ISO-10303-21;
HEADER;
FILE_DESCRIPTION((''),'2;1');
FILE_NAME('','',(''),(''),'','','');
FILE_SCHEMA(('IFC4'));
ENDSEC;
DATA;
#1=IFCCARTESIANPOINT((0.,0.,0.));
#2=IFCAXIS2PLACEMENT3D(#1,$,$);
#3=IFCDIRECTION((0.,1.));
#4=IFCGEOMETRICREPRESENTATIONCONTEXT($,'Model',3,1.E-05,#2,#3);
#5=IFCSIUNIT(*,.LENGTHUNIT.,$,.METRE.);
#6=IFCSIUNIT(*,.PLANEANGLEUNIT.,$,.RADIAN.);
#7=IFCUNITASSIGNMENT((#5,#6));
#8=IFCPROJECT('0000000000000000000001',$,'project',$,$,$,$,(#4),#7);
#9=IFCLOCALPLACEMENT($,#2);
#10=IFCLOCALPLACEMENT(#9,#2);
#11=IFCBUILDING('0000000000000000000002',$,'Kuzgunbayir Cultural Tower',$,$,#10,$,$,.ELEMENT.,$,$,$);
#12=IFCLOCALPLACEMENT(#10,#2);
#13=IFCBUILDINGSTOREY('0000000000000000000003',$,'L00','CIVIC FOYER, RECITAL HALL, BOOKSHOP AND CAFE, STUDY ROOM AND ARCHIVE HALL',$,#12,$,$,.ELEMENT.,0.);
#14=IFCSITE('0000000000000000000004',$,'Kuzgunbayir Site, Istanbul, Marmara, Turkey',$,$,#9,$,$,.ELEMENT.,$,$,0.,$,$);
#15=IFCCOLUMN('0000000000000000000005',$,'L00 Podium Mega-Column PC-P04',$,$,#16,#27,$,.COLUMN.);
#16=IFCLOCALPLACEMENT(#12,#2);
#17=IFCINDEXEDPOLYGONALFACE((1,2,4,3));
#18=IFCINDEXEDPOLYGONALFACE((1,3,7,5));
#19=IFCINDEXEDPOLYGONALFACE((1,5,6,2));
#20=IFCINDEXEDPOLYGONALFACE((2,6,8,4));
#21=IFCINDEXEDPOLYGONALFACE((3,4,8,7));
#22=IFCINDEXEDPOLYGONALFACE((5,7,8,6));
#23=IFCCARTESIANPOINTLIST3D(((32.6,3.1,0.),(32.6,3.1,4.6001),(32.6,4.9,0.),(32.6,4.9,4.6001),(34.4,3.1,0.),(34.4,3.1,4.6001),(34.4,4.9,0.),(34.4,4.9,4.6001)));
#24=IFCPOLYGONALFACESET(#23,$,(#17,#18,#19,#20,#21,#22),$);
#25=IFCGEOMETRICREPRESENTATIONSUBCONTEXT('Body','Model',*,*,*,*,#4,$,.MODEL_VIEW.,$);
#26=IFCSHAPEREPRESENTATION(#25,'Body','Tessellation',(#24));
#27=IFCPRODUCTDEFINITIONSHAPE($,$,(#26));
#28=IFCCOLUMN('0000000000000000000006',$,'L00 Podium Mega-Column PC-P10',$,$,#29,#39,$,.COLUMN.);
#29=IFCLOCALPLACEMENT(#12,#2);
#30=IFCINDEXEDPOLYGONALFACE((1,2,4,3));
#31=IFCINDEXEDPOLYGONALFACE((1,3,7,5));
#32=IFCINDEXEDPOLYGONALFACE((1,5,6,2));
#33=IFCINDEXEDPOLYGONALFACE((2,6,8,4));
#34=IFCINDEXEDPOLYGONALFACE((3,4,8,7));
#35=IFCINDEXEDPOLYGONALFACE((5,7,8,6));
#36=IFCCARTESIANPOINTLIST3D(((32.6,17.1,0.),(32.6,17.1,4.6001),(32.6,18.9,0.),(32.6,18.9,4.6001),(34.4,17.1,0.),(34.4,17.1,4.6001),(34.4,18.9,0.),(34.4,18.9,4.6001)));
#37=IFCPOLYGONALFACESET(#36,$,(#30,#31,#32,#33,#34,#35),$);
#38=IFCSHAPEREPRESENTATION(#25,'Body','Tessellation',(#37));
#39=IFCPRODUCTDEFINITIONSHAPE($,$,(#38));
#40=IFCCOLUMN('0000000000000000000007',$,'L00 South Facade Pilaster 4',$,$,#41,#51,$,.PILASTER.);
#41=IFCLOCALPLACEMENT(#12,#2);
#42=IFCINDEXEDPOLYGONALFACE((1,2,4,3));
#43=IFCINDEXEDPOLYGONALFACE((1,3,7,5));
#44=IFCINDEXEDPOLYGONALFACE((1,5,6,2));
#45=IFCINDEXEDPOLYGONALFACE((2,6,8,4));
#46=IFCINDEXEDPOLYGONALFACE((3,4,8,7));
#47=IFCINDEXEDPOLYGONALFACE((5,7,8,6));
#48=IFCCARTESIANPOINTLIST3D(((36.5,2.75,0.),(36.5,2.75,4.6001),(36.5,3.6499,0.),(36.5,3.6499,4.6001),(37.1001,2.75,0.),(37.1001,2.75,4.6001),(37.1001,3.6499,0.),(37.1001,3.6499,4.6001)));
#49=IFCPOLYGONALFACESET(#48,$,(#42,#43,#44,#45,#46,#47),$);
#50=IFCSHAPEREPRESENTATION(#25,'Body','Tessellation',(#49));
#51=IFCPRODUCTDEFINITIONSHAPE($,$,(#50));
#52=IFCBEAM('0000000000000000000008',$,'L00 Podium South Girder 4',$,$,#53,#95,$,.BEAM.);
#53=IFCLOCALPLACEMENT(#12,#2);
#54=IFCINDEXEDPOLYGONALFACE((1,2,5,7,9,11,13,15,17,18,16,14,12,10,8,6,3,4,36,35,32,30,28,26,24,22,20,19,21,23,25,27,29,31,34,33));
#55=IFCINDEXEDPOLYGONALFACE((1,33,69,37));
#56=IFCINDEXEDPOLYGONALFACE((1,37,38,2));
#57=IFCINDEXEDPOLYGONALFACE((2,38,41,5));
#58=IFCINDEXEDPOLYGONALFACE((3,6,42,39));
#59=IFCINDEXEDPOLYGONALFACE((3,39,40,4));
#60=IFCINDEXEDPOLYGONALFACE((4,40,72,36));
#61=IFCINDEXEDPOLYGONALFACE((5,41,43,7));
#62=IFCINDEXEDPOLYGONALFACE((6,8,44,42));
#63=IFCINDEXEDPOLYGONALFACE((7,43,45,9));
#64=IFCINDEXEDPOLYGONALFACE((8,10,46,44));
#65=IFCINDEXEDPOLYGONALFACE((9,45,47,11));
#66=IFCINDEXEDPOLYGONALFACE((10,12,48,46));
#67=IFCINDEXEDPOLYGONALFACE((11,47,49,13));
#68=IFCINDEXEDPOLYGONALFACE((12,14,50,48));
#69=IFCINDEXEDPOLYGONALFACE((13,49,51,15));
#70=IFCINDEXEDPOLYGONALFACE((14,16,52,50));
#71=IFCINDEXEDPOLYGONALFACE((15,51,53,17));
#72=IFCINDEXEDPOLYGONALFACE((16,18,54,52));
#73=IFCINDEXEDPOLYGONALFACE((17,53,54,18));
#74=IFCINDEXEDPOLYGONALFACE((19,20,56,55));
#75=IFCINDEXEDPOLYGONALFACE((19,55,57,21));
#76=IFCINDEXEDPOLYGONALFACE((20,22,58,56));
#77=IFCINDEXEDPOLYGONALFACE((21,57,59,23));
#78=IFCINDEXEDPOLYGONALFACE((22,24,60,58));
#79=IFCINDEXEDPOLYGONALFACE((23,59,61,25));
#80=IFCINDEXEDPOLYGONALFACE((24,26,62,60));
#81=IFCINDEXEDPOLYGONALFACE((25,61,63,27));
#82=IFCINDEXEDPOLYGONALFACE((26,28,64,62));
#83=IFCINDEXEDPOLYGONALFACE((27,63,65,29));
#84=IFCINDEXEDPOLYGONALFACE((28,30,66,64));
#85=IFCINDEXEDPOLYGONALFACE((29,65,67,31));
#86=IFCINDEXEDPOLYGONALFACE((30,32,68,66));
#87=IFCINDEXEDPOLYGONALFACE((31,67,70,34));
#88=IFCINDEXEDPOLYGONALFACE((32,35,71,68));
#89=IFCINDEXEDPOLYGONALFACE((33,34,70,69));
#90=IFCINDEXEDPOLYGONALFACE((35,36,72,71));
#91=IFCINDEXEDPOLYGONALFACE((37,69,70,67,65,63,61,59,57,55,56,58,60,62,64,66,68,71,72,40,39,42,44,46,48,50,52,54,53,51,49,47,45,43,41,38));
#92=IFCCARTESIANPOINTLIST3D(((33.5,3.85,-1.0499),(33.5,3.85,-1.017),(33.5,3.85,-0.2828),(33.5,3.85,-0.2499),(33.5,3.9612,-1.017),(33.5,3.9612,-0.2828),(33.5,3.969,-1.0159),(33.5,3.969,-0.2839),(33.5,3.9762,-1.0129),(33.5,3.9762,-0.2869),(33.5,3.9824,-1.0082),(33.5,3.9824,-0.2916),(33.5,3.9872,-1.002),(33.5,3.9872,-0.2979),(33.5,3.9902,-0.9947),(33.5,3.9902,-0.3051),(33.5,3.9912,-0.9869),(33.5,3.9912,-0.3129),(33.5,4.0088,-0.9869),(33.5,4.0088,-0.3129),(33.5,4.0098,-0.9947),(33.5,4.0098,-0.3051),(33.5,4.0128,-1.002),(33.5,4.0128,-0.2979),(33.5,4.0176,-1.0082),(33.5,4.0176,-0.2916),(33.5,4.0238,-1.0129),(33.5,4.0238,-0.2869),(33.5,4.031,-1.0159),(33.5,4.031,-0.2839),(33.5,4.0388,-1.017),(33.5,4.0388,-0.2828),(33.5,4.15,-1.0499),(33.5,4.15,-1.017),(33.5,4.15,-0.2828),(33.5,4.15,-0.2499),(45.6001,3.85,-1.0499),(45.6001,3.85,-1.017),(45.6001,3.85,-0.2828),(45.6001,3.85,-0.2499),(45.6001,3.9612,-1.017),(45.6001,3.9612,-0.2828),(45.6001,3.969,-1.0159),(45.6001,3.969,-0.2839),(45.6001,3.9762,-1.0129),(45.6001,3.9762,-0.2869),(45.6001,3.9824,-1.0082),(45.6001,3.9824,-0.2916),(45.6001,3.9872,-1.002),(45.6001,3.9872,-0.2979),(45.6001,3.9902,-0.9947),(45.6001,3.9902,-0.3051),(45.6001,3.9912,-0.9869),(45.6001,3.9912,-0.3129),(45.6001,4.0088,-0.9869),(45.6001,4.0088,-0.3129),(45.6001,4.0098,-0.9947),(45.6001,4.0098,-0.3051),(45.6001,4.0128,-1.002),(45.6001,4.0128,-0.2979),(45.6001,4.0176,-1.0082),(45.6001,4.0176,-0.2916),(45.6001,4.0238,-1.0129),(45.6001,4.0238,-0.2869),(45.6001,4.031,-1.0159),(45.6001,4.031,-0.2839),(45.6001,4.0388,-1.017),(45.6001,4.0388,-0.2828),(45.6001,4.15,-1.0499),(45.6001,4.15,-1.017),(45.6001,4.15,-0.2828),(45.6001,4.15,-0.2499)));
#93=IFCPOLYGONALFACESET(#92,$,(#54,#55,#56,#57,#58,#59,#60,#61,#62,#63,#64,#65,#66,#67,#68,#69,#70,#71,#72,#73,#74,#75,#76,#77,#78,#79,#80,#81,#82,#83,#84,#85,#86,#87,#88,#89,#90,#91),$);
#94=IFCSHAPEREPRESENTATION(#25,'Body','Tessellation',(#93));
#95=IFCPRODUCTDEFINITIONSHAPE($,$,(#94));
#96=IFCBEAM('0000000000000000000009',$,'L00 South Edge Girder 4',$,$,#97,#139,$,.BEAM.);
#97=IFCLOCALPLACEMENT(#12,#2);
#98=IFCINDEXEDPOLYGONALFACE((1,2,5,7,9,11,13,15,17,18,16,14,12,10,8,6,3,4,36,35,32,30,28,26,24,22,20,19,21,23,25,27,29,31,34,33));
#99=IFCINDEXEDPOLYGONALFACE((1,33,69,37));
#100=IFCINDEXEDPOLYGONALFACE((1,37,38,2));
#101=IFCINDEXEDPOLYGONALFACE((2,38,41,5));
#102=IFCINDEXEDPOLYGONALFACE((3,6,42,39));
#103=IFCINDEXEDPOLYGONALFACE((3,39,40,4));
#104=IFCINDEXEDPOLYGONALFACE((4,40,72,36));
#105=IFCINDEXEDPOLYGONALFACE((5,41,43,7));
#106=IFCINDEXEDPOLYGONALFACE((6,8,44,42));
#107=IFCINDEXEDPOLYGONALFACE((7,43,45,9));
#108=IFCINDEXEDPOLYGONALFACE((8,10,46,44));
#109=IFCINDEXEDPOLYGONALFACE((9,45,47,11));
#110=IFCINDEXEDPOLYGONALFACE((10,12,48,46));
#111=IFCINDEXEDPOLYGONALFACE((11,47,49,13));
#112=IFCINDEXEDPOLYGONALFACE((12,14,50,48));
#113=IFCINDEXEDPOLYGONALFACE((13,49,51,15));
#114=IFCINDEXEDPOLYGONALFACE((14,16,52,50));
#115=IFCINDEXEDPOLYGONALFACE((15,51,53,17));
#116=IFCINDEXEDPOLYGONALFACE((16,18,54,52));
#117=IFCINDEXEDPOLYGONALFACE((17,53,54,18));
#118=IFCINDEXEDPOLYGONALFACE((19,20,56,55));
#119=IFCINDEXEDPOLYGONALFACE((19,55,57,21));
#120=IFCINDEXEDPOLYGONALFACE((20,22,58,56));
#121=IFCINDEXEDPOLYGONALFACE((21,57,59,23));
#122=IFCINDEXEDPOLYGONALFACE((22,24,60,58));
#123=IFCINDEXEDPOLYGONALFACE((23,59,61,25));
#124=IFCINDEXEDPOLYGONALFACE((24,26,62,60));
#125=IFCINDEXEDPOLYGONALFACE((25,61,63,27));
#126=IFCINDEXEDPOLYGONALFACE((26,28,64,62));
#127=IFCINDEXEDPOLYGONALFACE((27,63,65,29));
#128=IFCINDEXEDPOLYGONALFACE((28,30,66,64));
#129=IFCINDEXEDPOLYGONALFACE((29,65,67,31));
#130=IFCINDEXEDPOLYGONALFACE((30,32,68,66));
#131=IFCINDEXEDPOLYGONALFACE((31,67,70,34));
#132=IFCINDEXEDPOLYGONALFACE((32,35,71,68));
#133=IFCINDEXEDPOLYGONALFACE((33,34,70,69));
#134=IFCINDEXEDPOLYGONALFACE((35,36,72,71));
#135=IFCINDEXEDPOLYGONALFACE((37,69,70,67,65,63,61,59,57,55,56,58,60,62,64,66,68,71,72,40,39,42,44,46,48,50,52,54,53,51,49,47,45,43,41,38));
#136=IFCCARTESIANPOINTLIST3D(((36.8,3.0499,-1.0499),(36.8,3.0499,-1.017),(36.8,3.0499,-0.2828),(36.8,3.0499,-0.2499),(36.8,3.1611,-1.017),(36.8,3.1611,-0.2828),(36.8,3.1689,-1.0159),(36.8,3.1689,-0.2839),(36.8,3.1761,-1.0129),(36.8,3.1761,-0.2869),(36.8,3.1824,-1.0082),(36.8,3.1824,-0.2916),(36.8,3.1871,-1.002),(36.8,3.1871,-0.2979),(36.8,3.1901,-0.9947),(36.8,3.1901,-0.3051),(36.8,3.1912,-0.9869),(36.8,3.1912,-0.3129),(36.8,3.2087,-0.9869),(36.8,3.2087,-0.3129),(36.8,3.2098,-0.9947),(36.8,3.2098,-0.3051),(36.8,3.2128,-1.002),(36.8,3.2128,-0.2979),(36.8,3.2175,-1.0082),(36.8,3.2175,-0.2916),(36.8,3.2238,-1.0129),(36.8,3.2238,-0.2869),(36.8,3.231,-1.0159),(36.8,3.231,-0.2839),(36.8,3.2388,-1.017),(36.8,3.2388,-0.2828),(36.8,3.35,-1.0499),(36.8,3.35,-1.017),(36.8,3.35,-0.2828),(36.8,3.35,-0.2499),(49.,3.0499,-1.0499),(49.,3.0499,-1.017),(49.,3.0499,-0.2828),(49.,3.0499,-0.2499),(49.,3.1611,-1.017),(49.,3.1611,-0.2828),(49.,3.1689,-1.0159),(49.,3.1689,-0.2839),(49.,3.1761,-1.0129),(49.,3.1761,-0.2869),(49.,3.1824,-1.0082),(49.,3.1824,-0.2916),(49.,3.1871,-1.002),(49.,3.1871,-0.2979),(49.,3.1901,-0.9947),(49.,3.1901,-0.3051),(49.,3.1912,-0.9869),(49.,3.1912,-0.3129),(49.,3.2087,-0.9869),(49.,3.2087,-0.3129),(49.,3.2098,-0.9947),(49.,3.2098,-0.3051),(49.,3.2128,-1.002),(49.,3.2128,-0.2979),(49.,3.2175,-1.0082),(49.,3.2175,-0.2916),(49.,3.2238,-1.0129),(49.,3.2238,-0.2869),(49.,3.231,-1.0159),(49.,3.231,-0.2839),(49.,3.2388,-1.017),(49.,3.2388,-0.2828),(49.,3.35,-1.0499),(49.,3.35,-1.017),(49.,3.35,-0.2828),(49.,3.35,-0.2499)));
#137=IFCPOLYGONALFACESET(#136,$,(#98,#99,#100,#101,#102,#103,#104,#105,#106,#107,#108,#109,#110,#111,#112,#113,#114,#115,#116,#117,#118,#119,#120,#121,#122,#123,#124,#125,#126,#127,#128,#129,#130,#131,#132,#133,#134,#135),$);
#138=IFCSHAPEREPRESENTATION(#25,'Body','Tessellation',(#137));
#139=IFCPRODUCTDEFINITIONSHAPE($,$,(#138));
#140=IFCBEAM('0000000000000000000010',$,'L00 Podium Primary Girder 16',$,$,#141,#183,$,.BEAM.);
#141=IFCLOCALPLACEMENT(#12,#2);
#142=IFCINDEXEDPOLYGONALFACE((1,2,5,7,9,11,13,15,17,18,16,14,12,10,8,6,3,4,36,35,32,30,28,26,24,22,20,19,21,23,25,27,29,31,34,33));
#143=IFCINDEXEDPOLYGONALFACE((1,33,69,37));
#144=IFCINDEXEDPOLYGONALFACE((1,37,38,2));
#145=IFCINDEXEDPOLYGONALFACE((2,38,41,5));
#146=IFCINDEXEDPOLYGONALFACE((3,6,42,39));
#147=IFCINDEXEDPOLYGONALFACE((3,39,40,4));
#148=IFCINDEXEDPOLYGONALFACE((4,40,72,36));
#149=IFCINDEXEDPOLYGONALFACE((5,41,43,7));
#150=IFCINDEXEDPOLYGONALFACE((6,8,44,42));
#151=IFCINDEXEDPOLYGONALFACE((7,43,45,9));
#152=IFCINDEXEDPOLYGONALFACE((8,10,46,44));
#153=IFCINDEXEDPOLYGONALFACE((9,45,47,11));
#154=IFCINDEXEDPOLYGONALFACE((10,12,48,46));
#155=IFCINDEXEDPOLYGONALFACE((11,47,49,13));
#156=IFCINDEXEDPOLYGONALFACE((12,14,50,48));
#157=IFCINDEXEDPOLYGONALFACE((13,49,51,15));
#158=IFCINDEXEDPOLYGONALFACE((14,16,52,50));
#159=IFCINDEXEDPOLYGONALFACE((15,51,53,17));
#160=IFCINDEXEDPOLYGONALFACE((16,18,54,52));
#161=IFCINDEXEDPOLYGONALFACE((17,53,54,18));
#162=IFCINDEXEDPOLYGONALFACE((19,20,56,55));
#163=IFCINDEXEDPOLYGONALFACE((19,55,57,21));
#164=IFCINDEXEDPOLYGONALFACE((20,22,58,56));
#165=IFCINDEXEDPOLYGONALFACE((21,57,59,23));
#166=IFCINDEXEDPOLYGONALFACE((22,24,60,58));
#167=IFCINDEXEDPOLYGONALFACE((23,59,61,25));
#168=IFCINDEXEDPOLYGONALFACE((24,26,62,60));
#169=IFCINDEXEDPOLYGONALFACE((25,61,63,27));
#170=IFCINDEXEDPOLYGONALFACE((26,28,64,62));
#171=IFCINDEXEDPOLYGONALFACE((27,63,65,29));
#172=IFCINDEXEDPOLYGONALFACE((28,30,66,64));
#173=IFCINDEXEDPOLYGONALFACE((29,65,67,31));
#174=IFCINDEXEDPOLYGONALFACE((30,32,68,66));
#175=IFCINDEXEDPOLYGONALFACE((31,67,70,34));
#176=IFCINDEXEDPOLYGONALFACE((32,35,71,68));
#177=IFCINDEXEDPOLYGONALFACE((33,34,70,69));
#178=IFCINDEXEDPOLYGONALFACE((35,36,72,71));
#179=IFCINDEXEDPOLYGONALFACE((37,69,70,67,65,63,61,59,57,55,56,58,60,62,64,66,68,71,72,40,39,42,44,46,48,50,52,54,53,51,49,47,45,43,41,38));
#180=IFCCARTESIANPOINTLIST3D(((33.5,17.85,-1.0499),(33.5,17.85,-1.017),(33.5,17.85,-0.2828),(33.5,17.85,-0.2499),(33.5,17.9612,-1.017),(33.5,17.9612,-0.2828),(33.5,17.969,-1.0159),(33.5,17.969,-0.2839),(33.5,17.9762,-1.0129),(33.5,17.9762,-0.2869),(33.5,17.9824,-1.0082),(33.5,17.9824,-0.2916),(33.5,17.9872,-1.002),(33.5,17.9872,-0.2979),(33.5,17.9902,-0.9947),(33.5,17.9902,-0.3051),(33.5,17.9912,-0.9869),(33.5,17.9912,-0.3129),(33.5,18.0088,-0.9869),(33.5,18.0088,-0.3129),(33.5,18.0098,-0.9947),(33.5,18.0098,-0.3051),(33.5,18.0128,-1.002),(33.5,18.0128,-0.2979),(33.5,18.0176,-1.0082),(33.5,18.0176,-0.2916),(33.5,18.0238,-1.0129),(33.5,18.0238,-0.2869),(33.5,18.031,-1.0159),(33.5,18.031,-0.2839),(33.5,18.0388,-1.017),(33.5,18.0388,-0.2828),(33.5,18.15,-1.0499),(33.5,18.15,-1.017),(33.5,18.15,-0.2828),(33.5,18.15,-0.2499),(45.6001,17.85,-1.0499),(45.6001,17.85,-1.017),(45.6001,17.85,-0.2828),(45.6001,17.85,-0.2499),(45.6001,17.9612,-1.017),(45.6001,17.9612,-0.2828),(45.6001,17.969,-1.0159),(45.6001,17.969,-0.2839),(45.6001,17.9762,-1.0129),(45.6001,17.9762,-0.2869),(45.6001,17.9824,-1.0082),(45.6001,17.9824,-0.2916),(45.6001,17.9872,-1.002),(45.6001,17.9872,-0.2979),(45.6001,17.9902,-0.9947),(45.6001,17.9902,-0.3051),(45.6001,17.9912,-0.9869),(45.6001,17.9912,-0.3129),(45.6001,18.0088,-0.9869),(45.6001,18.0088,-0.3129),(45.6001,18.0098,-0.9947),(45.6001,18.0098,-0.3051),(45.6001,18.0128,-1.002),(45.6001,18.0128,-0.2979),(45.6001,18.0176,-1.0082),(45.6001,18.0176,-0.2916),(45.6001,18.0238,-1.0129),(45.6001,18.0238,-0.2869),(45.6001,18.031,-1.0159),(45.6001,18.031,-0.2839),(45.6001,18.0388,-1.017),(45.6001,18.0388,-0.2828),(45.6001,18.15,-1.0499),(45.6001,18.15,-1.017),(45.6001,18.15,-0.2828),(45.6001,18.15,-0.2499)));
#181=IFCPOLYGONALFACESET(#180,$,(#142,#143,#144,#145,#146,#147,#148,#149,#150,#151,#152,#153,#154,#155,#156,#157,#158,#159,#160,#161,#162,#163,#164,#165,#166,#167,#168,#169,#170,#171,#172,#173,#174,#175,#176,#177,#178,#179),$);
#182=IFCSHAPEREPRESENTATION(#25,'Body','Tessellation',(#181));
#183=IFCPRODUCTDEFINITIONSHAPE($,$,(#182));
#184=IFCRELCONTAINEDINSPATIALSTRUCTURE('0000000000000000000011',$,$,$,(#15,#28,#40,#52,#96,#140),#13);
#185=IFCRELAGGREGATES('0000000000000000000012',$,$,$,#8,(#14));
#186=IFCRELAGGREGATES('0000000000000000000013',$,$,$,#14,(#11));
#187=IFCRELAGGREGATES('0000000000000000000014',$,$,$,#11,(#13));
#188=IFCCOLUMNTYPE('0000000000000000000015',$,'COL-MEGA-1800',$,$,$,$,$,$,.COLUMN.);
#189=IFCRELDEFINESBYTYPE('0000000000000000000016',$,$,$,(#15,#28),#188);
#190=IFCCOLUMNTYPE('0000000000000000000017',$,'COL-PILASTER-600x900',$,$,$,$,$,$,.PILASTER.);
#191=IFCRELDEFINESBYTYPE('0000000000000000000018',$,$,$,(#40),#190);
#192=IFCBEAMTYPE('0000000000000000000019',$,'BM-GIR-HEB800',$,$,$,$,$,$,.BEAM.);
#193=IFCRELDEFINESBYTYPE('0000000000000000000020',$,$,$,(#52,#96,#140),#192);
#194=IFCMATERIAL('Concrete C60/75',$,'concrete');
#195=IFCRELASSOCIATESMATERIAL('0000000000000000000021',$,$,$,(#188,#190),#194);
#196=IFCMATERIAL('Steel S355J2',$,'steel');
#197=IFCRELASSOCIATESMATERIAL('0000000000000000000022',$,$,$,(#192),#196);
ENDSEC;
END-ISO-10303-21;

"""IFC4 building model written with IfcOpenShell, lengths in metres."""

from ifc_helpers import new_model, si_unit, direction, frame, origin, origin_2d, place, context, subcontext, project, spatial, rectangle, i_section, extrude, material, material_profile, profile_set, type_object, element, save


model = new_model("IFC4")

# Units and contexts
model_context = context("Model", 3, precision=1e-05, world=origin(), true_north=direction((0.0, 1.0)))
body_context = subcontext(model_context, "Body", "Model", "MODEL_VIEW")
ifc_project = project(units=[si_unit("LENGTHUNIT", "METRE"), si_unit("PLANEANGLEUNIT", "RADIAN")], contexts=[model_context])

# Site, building, storey
site_placement = place(None, origin())
site = spatial("IfcSite", under=ifc_project, at=site_placement, Name="Kuzgunbayir Site, Istanbul, Marmara, Turkey", CompositionType="ELEMENT", RefElevation=0.0)
building_placement = place(site_placement, origin())
building = spatial("IfcBuilding", under=site, at=building_placement, Name="Kuzgunbayir Cultural Tower", CompositionType="ELEMENT")
storey_placement = place(building_placement, origin())
storey = spatial("IfcBuildingStorey", under=building, at=storey_placement, Name="L00", Description="CIVIC FOYER, RECITAL HALL, BOOKSHOP AND CAFE, STUDY ROOM AND ARCHIVE HALL", CompositionType="ELEMENT", Elevation=0.0)

# Columns
ifc_material_1 = material(Name="Concrete C60/75", Category="concrete")
ifc_material_profile_1 = material_profile(ifc_material_1, rectangle(XDim=1.8, YDim=1.8, at=origin_2d()), Name="RC 1800x1800")
ifc_profile_set_1 = profile_set([ifc_material_profile_1], Name="Concrete C60/75")
column_type_1 = type_object("IfcColumnType", Name="COL-MEGA-1800", PredefinedType="COLUMN", material=ifc_profile_set_1)
for number, where, z_axis, x_axis, name in (
    (1, (33.5, 4.0, 0.0), (0.0, 0.0, 1.0), (1.0, 0.0, 0.0), "L00 Podium Mega-Column PC-P04"),
    (2, (33.5, 18.0, 0.0), (0.0, 0.0, 1.0), (1.0, 0.0, 0.0), "L00 Podium Mega-Column PC-P10"),
):
    element("IfcColumn", number, at=place(storey_placement, frame(where, z_axis=z_axis, x_axis=x_axis)), inside=storey, type_object=column_type_1, Name=name, PredefinedType="COLUMN", context=body_context, shape_type="SweptSolid", body=[
        extrude(rectangle(XDim=1.8, YDim=1.8, at=origin_2d()), origin(), (0.0, 0.0, 1.0), 4.6001),
    ])
ifc_material_profile_2 = material_profile(ifc_material_1, rectangle(XDim=0.6001, YDim=0.8999, at=origin_2d()), Name="RC 600x900")
ifc_profile_set_2 = profile_set([ifc_material_profile_2], Name="Concrete C60/75")
column_type_2 = type_object("IfcColumnType", Name="COL-PILASTER-600x900", PredefinedType="PILASTER", material=ifc_profile_set_2)
column_placement = place(storey_placement, frame((36.8, 3.2, 0.0), z_axis=(0.0, 0.0, 1.0), x_axis=(1.0, 0.0, 0.0)))
element("IfcColumn", 3, at=column_placement, inside=storey, type_object=column_type_2, Name="L00 South Facade Pilaster 4", PredefinedType="PILASTER", context=body_context, shape_type="SweptSolid", body=[
    extrude(rectangle(XDim=0.6001, YDim=0.8999, at=origin_2d()), origin(), (0.0, 0.0, 1.0), 4.6001),
])

# Beams
ifc_material_2 = material(Name="Steel S355J2", Category="steel")
ifc_material_profile_3 = material_profile(ifc_material_2, i_section(OverallWidth=0.3, OverallDepth=0.8, WebThickness=0.0176, FlangeThickness=0.033, FilletRadius=0.03, at=origin_2d()), Name="HEB 800")
ifc_profile_set_3 = profile_set([ifc_material_profile_3], Name="Steel S355J2")
beam_type = type_object("IfcBeamType", Name="BM-GIR-HEB800", PredefinedType="BEAM", material=ifc_profile_set_3)
beam_1_placement = place(storey_placement, frame((33.5, 4.0, -0.6499), z_axis=(1.0, 0.0, 0.0), x_axis=(0.0, 1.0, 0.0)))
element("IfcBeam", 4, at=beam_1_placement, inside=storey, type_object=beam_type, Name="L00 Podium South Girder 4", PredefinedType="BEAM", context=body_context, shape_type="SweptSolid", body=[
    extrude(i_section(OverallWidth=0.3, OverallDepth=0.8, WebThickness=0.0176, FlangeThickness=0.033, FilletRadius=0.03, at=origin_2d()), origin(), (0.0, 0.0, 1.0), 12.1001),
])
beam_2_placement = place(storey_placement, frame((36.8, 3.2, -0.6499), z_axis=(1.0, 0.0, 0.0), x_axis=(0.0, 1.0, 0.0)))
element("IfcBeam", 5, at=beam_2_placement, inside=storey, type_object=beam_type, Name="L00 South Edge Girder 4", PredefinedType="BEAM", context=body_context, shape_type="SweptSolid", body=[
    extrude(i_section(OverallWidth=0.3, OverallDepth=0.8, WebThickness=0.0176, FlangeThickness=0.033, FilletRadius=0.03, at=origin_2d()), origin(), (0.0, 0.0, 1.0), 12.2),
])
beam_3_placement = place(storey_placement, frame((33.5, 18.0, -0.6499), z_axis=(1.0, 0.0, 0.0), x_axis=(0.0, 1.0, 0.0)))
element("IfcBeam", 6, at=beam_3_placement, inside=storey, type_object=beam_type, Name="L00 Podium Primary Girder 16", PredefinedType="BEAM", context=body_context, shape_type="SweptSolid", body=[
    extrude(i_section(OverallWidth=0.3, OverallDepth=0.8, WebThickness=0.0176, FlangeThickness=0.033, FilletRadius=0.03, at=origin_2d()), origin(), (0.0, 0.0, 1.0), 12.1001),
])

save(model, "model.ifc")
